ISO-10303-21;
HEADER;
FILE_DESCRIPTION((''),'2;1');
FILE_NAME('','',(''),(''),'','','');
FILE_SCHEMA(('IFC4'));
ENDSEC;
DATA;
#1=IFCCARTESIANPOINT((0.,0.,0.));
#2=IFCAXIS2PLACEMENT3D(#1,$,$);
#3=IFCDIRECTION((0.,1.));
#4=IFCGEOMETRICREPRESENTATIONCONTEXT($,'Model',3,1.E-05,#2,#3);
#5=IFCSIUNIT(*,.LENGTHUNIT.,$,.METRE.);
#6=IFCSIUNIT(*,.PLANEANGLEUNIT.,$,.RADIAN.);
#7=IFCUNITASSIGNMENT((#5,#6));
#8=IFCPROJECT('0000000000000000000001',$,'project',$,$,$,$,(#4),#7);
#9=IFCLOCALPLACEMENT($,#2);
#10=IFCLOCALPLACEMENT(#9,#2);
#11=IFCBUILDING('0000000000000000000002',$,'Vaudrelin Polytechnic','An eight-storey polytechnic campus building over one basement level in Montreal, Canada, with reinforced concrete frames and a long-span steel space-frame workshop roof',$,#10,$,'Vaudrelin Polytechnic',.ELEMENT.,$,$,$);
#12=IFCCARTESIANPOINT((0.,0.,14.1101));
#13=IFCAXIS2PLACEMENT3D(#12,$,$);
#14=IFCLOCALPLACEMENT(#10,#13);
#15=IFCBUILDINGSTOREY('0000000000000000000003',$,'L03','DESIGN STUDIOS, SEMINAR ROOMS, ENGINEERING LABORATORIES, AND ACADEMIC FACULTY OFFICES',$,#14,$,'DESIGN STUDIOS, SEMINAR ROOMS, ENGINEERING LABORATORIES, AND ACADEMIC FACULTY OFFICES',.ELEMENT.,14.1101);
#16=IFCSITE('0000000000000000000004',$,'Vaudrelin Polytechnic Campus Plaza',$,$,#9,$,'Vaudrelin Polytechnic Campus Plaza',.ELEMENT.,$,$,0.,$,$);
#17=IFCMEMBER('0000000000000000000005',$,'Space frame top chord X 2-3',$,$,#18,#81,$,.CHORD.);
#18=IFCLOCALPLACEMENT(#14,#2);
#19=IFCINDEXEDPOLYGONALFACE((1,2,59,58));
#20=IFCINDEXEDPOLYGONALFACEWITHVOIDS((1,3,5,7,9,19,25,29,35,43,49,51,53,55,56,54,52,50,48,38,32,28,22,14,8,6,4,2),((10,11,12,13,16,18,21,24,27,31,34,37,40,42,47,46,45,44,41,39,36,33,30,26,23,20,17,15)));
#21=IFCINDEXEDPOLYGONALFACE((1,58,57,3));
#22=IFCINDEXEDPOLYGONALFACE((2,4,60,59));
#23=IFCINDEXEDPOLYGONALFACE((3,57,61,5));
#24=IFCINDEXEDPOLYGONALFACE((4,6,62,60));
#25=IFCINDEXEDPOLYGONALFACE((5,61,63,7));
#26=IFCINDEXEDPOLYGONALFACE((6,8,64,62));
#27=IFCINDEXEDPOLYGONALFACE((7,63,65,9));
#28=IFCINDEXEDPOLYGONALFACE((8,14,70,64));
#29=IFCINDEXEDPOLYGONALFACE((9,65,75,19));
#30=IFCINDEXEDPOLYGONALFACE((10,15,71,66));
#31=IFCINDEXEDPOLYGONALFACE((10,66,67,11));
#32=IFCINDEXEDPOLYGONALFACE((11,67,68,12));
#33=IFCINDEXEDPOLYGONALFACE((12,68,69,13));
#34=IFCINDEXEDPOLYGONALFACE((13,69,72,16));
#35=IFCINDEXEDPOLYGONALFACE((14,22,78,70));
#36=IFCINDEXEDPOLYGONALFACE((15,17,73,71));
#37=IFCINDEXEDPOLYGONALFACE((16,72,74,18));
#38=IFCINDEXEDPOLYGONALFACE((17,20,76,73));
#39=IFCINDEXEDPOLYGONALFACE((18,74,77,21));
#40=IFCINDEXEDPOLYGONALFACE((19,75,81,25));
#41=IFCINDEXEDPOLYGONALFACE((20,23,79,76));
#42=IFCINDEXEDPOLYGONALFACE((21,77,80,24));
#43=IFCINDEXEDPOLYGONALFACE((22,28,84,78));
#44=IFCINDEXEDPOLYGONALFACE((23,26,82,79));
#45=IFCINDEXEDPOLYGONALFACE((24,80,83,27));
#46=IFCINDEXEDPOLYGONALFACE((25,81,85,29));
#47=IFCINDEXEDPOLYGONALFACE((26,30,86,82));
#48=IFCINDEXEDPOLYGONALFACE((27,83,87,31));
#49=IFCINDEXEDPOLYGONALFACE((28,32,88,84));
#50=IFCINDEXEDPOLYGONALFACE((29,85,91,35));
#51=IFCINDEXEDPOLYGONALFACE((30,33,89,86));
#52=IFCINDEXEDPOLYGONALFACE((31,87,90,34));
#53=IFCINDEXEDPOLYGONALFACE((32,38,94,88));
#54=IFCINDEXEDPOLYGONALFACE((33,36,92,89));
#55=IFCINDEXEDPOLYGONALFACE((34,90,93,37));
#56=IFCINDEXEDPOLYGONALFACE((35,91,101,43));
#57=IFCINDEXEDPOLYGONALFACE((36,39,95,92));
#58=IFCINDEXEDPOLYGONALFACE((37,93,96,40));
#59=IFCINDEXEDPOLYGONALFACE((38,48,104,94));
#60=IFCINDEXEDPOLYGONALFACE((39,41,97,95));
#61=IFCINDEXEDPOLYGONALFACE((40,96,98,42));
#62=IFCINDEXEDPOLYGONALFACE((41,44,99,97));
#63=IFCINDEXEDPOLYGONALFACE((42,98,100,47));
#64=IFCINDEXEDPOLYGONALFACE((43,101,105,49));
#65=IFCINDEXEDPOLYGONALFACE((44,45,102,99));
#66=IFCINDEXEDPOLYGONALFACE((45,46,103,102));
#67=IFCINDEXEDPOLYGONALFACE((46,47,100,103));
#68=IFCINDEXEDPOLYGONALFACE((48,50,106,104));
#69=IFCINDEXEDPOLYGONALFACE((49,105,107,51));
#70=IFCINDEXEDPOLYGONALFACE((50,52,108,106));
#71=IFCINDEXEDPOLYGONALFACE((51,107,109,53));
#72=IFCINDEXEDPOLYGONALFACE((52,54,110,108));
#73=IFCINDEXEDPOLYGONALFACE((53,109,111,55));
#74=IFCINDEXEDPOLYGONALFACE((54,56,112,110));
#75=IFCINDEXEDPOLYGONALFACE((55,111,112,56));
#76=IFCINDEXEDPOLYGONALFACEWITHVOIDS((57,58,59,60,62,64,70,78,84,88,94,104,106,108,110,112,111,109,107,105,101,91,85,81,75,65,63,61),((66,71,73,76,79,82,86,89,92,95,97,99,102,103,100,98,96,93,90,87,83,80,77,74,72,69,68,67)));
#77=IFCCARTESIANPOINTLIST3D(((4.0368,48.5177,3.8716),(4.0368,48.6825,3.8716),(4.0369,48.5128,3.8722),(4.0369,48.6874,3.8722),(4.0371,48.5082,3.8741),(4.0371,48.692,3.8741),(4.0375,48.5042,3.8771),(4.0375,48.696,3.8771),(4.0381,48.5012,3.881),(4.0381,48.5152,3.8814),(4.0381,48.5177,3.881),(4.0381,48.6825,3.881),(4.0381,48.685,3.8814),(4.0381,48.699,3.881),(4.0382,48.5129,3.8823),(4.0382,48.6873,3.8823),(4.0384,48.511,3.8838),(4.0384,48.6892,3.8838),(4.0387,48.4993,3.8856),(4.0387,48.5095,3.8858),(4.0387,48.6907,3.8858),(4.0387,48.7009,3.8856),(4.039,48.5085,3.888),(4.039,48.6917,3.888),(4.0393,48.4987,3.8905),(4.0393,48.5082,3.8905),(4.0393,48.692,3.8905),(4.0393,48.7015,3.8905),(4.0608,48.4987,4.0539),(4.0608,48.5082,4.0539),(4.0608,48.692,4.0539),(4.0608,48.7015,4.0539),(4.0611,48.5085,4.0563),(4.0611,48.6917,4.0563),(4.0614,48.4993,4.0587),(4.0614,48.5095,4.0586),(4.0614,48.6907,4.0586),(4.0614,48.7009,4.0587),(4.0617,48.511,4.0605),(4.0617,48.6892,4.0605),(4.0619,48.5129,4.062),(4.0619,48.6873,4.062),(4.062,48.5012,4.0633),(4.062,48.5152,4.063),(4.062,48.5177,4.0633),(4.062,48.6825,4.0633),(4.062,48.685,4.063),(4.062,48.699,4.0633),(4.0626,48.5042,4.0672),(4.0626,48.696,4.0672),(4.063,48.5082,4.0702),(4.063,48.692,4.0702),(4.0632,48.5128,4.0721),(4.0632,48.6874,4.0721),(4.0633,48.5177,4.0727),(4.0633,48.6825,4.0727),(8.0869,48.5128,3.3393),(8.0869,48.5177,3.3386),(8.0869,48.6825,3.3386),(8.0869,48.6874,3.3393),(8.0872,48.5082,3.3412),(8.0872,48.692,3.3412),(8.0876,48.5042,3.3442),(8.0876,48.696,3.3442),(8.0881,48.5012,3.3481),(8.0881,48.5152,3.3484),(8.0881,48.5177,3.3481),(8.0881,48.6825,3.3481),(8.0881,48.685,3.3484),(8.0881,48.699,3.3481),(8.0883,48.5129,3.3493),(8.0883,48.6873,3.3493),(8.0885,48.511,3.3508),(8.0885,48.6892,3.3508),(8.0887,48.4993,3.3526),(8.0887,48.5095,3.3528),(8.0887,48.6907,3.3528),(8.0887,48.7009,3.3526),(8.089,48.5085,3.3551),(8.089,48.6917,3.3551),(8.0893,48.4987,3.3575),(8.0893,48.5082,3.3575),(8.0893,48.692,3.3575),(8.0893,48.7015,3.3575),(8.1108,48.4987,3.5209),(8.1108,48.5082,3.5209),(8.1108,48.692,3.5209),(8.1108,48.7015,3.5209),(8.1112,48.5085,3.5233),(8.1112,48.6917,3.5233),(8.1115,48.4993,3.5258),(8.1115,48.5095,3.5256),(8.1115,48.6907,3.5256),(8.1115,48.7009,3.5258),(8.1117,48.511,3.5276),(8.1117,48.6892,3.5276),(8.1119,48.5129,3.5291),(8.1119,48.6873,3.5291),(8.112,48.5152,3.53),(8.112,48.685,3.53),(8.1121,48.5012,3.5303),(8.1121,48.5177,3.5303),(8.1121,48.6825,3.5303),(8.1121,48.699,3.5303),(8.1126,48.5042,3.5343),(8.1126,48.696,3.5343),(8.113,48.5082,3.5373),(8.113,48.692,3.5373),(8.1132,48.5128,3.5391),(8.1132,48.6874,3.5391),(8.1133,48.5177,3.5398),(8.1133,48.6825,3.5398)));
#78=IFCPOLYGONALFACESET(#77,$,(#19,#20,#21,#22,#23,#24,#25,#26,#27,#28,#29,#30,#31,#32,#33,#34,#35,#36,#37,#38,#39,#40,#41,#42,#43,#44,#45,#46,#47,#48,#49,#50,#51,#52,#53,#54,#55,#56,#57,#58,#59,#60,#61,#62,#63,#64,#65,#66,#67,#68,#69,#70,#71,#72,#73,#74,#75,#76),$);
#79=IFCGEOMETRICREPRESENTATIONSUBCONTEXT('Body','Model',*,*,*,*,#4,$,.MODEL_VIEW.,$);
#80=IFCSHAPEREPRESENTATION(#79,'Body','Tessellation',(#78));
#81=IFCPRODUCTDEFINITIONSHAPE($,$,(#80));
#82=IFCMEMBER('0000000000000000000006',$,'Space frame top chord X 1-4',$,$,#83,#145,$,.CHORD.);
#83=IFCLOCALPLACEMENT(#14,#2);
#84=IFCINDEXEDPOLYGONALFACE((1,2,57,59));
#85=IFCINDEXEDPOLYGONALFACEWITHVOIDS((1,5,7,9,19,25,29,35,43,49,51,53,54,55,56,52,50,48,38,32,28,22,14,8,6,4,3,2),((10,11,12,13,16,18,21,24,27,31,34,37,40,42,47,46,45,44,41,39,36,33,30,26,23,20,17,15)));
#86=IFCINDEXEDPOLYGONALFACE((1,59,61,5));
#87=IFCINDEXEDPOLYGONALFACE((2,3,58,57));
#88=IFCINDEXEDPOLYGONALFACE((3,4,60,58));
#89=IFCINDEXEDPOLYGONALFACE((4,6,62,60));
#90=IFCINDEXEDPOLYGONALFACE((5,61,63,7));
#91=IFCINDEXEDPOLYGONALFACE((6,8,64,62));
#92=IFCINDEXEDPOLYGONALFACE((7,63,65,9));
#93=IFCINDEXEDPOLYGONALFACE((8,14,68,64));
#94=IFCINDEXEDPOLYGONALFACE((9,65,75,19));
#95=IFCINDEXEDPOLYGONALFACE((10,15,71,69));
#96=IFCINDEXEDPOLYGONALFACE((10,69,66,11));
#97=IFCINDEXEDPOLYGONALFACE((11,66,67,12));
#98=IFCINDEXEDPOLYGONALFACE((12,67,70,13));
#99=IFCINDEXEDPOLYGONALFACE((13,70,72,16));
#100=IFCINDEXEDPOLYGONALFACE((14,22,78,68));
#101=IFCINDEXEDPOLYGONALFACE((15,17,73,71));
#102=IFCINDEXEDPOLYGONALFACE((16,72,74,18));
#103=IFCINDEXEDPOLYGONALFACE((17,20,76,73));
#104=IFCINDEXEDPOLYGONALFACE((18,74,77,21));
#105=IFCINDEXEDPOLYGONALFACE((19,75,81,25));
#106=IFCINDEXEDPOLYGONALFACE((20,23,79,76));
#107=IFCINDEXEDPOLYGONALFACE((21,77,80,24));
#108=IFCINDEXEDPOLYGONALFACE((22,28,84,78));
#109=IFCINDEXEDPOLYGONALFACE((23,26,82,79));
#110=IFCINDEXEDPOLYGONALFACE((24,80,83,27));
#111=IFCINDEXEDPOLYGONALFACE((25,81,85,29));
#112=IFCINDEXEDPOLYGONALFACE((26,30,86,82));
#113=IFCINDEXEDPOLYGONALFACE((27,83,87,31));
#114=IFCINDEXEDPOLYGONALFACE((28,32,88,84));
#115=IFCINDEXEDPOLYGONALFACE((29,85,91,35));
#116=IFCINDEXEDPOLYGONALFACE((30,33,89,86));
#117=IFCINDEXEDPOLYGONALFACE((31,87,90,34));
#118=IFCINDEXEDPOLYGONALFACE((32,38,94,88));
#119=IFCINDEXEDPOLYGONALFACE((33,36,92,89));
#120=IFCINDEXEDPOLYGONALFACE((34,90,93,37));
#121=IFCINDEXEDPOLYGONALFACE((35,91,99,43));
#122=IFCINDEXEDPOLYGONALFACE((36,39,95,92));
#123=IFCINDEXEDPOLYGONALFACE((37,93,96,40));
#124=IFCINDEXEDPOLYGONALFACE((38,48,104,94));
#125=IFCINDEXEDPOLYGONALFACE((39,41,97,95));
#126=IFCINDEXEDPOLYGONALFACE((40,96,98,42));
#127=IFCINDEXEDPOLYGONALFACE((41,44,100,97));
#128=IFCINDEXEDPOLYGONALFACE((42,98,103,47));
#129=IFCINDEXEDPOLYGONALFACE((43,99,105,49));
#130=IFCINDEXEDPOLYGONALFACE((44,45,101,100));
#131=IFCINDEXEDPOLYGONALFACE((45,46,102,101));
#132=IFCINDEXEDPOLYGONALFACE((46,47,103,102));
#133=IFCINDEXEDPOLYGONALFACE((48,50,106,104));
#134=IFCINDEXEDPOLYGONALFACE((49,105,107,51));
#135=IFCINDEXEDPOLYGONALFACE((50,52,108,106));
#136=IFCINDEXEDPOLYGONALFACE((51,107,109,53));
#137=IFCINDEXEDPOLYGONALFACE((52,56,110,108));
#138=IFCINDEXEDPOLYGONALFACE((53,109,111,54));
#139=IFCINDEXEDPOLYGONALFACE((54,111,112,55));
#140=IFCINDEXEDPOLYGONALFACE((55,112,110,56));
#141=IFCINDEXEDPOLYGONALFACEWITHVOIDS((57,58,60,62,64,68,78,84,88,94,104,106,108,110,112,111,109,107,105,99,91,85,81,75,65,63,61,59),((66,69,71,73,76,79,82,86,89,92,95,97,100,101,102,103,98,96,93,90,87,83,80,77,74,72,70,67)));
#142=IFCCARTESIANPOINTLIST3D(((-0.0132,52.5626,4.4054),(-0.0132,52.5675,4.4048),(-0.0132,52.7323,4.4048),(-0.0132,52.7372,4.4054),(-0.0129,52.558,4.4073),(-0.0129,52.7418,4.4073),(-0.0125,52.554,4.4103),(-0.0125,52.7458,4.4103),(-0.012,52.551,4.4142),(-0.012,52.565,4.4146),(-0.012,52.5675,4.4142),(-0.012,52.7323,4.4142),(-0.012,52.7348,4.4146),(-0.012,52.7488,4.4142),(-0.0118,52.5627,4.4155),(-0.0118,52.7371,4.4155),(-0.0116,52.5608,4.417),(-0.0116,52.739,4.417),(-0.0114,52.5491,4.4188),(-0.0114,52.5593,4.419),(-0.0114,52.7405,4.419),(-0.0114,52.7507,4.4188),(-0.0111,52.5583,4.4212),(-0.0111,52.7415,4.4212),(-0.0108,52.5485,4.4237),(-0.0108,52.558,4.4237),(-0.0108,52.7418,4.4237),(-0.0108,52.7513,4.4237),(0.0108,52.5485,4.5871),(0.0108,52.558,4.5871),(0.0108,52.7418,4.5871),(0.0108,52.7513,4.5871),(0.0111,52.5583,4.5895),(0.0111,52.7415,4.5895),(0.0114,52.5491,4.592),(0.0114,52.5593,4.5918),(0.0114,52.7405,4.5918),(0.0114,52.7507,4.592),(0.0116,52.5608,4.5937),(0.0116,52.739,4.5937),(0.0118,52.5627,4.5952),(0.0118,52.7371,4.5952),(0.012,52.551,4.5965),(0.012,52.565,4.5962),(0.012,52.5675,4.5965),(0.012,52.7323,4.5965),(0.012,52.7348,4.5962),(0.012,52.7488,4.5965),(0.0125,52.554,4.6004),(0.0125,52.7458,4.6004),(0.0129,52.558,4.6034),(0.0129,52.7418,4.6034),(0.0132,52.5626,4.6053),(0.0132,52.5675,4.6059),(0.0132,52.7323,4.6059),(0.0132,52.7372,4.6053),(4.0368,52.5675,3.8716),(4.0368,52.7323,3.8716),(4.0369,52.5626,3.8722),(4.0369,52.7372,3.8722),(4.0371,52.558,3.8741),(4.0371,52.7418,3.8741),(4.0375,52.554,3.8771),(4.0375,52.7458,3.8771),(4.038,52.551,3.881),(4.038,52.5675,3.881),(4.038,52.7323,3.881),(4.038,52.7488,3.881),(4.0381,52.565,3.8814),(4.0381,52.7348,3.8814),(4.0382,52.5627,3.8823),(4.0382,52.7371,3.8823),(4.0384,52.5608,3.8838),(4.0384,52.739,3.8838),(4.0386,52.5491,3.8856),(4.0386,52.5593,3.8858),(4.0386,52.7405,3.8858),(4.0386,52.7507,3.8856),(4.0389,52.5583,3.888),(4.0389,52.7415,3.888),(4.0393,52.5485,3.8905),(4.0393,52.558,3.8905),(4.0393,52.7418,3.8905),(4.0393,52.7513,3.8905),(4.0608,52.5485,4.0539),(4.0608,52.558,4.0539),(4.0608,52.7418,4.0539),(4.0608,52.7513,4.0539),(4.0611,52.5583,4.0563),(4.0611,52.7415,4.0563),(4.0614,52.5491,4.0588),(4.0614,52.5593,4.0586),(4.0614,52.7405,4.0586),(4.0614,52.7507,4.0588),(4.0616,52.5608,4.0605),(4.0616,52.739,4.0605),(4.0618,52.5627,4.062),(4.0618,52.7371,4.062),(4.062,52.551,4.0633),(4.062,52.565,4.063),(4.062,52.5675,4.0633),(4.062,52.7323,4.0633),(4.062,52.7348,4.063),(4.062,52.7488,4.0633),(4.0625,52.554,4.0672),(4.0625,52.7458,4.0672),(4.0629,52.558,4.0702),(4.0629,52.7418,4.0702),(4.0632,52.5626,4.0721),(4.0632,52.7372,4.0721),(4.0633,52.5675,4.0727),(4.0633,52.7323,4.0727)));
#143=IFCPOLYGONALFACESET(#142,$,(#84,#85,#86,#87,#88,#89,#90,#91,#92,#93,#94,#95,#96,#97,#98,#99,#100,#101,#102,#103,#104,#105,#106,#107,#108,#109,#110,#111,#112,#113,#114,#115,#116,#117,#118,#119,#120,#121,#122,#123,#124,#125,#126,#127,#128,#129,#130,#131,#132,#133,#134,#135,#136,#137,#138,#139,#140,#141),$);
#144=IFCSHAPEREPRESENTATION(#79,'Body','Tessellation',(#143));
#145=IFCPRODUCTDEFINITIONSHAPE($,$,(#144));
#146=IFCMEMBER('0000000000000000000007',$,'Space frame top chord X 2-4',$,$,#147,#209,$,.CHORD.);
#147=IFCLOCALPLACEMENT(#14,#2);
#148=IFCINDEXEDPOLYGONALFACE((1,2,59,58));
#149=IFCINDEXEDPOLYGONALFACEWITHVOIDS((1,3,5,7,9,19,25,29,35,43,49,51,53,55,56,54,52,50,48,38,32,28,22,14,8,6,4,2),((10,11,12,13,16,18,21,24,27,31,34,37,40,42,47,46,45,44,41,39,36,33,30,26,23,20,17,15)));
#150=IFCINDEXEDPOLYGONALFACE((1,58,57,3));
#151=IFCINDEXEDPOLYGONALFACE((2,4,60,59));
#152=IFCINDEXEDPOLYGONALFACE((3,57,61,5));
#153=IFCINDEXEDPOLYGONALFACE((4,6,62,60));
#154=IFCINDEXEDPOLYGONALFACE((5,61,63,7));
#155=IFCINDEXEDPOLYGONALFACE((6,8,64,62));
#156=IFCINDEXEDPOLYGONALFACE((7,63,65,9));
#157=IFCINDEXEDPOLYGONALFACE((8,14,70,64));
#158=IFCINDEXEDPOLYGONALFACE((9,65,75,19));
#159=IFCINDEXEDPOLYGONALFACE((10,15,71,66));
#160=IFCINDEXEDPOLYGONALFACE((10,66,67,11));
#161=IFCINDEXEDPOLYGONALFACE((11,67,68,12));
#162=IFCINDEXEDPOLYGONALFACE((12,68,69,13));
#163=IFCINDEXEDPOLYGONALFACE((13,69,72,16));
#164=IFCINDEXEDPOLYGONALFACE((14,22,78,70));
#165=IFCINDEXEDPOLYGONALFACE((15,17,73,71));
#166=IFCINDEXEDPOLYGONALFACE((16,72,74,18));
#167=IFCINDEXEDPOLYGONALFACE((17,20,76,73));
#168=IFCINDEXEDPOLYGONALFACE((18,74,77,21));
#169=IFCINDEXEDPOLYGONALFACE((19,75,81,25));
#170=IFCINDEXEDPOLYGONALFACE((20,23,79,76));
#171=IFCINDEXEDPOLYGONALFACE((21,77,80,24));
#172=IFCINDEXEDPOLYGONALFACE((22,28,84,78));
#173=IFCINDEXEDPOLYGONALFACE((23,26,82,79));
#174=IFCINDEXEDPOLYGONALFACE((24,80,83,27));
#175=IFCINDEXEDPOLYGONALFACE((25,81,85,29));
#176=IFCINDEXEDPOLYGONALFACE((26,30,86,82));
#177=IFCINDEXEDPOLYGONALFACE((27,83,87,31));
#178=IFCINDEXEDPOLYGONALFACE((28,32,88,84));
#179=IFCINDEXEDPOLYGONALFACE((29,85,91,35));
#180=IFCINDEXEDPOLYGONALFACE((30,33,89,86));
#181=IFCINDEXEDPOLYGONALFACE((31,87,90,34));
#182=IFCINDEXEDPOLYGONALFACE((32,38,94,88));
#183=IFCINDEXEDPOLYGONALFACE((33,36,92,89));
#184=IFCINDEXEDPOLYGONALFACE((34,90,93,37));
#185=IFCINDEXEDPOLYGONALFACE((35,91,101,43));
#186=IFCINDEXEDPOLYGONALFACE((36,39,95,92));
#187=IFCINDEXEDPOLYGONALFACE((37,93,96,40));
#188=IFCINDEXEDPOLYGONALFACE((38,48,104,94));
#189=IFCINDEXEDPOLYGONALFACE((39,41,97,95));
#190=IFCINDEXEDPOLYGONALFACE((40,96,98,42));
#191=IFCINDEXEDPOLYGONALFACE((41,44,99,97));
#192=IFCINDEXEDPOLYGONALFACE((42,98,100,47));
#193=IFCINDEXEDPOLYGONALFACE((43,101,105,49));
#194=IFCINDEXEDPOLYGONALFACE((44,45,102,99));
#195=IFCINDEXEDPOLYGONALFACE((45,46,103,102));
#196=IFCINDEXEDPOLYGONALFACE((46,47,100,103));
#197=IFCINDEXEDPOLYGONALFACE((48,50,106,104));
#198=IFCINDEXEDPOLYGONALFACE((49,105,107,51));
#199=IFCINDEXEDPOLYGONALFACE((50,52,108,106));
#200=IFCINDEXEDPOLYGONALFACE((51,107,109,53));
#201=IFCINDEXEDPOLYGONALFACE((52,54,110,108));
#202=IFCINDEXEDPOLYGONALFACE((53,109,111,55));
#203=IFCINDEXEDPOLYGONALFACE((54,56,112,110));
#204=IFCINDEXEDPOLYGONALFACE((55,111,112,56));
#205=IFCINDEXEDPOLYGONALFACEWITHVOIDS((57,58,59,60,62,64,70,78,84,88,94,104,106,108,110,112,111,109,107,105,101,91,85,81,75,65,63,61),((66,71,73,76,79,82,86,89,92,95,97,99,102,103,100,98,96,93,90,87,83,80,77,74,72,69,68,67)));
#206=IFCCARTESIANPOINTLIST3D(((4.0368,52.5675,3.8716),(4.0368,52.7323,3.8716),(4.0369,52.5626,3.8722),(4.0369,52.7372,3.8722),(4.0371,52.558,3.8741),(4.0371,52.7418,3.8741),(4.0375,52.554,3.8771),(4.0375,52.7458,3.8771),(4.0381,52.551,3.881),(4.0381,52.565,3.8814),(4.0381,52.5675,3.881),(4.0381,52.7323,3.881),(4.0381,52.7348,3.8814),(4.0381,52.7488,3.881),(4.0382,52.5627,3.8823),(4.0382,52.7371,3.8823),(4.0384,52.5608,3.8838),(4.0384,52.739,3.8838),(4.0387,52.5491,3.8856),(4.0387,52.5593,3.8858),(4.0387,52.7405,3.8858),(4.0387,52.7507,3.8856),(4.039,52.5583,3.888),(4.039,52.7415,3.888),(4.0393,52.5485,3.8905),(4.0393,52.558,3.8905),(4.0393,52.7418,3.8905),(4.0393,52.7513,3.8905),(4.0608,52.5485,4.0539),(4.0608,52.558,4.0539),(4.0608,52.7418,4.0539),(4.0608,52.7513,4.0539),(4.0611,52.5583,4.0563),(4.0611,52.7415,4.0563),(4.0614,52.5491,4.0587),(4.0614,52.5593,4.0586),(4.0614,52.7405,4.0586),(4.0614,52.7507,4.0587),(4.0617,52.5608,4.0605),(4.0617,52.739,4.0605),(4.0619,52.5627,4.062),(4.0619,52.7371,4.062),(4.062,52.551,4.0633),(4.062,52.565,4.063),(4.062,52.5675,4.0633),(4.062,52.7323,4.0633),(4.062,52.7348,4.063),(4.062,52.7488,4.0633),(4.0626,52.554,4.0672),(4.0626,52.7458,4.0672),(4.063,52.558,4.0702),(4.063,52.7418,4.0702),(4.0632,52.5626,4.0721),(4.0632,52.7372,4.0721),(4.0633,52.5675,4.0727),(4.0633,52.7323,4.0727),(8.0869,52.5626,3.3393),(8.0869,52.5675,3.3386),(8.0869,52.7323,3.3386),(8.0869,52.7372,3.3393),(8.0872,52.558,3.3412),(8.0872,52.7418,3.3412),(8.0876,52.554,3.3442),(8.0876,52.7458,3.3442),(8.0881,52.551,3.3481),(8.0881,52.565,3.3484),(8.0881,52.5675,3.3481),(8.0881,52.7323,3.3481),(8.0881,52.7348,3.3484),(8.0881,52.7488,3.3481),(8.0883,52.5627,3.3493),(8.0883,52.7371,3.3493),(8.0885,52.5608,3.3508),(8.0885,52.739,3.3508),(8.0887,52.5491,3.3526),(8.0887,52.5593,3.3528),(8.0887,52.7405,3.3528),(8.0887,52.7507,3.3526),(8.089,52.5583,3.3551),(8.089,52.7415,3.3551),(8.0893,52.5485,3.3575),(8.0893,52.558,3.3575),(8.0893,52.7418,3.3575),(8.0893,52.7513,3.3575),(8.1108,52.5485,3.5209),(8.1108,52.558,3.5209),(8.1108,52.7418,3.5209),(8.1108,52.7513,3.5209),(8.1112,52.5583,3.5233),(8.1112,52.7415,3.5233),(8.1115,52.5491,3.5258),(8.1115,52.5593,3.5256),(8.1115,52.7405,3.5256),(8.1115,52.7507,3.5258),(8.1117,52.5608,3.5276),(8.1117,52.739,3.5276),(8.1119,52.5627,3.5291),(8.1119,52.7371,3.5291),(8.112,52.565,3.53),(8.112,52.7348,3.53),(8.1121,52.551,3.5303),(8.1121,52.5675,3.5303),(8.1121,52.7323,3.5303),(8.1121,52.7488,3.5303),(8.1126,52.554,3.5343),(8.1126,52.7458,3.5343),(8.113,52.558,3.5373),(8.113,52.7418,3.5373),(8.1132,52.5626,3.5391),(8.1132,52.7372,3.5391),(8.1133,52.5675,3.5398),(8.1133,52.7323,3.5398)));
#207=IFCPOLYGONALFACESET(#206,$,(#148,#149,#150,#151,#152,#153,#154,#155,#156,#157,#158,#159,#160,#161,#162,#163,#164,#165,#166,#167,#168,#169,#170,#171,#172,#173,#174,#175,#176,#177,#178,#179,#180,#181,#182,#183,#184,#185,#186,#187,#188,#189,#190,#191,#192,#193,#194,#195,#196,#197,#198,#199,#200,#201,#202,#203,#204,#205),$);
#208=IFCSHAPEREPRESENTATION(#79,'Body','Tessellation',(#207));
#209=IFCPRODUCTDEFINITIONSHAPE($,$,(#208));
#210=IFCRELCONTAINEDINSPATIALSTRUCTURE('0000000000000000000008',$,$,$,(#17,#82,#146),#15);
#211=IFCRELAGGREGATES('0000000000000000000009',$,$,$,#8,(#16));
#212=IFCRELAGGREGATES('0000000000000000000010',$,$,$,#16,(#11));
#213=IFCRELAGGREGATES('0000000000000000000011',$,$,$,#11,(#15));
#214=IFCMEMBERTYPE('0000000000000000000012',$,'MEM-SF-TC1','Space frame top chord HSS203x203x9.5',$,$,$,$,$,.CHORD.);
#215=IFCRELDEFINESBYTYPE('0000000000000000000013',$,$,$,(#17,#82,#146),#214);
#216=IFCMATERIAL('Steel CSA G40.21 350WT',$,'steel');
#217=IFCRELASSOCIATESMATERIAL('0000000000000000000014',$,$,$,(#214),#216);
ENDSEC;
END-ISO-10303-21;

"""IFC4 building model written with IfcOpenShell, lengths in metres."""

from ifc_helpers import new_model, si_unit, direction, frame, origin, origin_2d, place, context, subcontext, project, spatial, hollow_rectangle, extrude, material, material_profile, profile_set, type_object, element, save


model = new_model("IFC4")

# Units and contexts
model_context = context("Model", 3, precision=1e-05, world=origin(), true_north=direction((0.0, 1.0)))
body_context = subcontext(model_context, "Body", "Model", "MODEL_VIEW")
ifc_project = project(units=[si_unit("LENGTHUNIT", "METRE"), si_unit("PLANEANGLEUNIT", "RADIAN")], contexts=[model_context])

# Site, building, storey
site_placement = place(None, origin())
site = spatial("IfcSite", under=ifc_project, at=site_placement, Name="Vaudrelin Polytechnic Campus Plaza", LongName="Vaudrelin Polytechnic Campus Plaza", CompositionType="ELEMENT", RefElevation=0.0)
building_placement = place(site_placement, origin())
building = spatial("IfcBuilding", under=site, at=building_placement, Name="Vaudrelin Polytechnic", Description="An eight-storey polytechnic campus building over one basement level in Montreal, Canada, with reinforced concrete frames and a long-span steel space-frame workshop roof", LongName="Vaudrelin Polytechnic", CompositionType="ELEMENT")
storey_placement = place(building_placement, frame((0.0, 0.0, 14.1101)))
storey = spatial("IfcBuildingStorey", under=building, at=storey_placement, Name="L03", Description="DESIGN STUDIOS, SEMINAR ROOMS, ENGINEERING LABORATORIES, AND ACADEMIC FACULTY OFFICES", LongName="DESIGN STUDIOS, SEMINAR ROOMS, ENGINEERING LABORATORIES, AND ACADEMIC FACULTY OFFICES", CompositionType="ELEMENT", Elevation=14.1101)

# Members
ifc_material_1 = material(Name="Steel CSA G40.21 350WT", Category="steel")
ifc_material_profile_1 = material_profile(ifc_material_1, hollow_rectangle(XDim=0.2029, YDim=0.2029, WallThickness=0.0095, InnerFilletRadius=0.0095, OuterFilletRadius=0.019, at=origin_2d()), Name="HSS203x203x9.5")
ifc_profile_set_1 = profile_set([ifc_material_profile_1], Name="Steel CSA G40.21 350WT")
member_type_1 = type_object("IfcMemberType", Name="MEM-SF-TC1", Description="Space frame top chord HSS203x203x9.5", PredefinedType="CHORD", material=ifc_profile_set_1)
for number, where, z_axis, x_axis, name in (
    (1, (4.05, 48.6001, 3.9722), (0.991452, 0.0, -0.130468), (0.0, 1.0, 0.0), "Space frame top chord X 2-3"),
    (2, (0.0, 52.6499, 4.5054), (0.991445, 0.0, -0.130527), (0.0, 1.0, 0.0), "Space frame top chord X 1-4"),
    (3, (4.05, 52.6499, 3.9722), (0.991452, 0.0, -0.130468), (0.0, 1.0, 0.0), "Space frame top chord X 2-4"),
):
    element("IfcMember", number, at=place(storey_placement, frame(where, z_axis=z_axis, x_axis=x_axis)), inside=storey, type_object=member_type_1, Name=name, PredefinedType="CHORD", context=body_context, shape_type="SweptSolid", body=[
        extrude(hollow_rectangle(XDim=0.2029, YDim=0.2029, WallThickness=0.0095, InnerFilletRadius=0.0095, OuterFilletRadius=0.019, at=origin_2d()), origin(), (0.0, 0.0, 1.0), 4.085),
    ])

save(model, "model.ifc")
